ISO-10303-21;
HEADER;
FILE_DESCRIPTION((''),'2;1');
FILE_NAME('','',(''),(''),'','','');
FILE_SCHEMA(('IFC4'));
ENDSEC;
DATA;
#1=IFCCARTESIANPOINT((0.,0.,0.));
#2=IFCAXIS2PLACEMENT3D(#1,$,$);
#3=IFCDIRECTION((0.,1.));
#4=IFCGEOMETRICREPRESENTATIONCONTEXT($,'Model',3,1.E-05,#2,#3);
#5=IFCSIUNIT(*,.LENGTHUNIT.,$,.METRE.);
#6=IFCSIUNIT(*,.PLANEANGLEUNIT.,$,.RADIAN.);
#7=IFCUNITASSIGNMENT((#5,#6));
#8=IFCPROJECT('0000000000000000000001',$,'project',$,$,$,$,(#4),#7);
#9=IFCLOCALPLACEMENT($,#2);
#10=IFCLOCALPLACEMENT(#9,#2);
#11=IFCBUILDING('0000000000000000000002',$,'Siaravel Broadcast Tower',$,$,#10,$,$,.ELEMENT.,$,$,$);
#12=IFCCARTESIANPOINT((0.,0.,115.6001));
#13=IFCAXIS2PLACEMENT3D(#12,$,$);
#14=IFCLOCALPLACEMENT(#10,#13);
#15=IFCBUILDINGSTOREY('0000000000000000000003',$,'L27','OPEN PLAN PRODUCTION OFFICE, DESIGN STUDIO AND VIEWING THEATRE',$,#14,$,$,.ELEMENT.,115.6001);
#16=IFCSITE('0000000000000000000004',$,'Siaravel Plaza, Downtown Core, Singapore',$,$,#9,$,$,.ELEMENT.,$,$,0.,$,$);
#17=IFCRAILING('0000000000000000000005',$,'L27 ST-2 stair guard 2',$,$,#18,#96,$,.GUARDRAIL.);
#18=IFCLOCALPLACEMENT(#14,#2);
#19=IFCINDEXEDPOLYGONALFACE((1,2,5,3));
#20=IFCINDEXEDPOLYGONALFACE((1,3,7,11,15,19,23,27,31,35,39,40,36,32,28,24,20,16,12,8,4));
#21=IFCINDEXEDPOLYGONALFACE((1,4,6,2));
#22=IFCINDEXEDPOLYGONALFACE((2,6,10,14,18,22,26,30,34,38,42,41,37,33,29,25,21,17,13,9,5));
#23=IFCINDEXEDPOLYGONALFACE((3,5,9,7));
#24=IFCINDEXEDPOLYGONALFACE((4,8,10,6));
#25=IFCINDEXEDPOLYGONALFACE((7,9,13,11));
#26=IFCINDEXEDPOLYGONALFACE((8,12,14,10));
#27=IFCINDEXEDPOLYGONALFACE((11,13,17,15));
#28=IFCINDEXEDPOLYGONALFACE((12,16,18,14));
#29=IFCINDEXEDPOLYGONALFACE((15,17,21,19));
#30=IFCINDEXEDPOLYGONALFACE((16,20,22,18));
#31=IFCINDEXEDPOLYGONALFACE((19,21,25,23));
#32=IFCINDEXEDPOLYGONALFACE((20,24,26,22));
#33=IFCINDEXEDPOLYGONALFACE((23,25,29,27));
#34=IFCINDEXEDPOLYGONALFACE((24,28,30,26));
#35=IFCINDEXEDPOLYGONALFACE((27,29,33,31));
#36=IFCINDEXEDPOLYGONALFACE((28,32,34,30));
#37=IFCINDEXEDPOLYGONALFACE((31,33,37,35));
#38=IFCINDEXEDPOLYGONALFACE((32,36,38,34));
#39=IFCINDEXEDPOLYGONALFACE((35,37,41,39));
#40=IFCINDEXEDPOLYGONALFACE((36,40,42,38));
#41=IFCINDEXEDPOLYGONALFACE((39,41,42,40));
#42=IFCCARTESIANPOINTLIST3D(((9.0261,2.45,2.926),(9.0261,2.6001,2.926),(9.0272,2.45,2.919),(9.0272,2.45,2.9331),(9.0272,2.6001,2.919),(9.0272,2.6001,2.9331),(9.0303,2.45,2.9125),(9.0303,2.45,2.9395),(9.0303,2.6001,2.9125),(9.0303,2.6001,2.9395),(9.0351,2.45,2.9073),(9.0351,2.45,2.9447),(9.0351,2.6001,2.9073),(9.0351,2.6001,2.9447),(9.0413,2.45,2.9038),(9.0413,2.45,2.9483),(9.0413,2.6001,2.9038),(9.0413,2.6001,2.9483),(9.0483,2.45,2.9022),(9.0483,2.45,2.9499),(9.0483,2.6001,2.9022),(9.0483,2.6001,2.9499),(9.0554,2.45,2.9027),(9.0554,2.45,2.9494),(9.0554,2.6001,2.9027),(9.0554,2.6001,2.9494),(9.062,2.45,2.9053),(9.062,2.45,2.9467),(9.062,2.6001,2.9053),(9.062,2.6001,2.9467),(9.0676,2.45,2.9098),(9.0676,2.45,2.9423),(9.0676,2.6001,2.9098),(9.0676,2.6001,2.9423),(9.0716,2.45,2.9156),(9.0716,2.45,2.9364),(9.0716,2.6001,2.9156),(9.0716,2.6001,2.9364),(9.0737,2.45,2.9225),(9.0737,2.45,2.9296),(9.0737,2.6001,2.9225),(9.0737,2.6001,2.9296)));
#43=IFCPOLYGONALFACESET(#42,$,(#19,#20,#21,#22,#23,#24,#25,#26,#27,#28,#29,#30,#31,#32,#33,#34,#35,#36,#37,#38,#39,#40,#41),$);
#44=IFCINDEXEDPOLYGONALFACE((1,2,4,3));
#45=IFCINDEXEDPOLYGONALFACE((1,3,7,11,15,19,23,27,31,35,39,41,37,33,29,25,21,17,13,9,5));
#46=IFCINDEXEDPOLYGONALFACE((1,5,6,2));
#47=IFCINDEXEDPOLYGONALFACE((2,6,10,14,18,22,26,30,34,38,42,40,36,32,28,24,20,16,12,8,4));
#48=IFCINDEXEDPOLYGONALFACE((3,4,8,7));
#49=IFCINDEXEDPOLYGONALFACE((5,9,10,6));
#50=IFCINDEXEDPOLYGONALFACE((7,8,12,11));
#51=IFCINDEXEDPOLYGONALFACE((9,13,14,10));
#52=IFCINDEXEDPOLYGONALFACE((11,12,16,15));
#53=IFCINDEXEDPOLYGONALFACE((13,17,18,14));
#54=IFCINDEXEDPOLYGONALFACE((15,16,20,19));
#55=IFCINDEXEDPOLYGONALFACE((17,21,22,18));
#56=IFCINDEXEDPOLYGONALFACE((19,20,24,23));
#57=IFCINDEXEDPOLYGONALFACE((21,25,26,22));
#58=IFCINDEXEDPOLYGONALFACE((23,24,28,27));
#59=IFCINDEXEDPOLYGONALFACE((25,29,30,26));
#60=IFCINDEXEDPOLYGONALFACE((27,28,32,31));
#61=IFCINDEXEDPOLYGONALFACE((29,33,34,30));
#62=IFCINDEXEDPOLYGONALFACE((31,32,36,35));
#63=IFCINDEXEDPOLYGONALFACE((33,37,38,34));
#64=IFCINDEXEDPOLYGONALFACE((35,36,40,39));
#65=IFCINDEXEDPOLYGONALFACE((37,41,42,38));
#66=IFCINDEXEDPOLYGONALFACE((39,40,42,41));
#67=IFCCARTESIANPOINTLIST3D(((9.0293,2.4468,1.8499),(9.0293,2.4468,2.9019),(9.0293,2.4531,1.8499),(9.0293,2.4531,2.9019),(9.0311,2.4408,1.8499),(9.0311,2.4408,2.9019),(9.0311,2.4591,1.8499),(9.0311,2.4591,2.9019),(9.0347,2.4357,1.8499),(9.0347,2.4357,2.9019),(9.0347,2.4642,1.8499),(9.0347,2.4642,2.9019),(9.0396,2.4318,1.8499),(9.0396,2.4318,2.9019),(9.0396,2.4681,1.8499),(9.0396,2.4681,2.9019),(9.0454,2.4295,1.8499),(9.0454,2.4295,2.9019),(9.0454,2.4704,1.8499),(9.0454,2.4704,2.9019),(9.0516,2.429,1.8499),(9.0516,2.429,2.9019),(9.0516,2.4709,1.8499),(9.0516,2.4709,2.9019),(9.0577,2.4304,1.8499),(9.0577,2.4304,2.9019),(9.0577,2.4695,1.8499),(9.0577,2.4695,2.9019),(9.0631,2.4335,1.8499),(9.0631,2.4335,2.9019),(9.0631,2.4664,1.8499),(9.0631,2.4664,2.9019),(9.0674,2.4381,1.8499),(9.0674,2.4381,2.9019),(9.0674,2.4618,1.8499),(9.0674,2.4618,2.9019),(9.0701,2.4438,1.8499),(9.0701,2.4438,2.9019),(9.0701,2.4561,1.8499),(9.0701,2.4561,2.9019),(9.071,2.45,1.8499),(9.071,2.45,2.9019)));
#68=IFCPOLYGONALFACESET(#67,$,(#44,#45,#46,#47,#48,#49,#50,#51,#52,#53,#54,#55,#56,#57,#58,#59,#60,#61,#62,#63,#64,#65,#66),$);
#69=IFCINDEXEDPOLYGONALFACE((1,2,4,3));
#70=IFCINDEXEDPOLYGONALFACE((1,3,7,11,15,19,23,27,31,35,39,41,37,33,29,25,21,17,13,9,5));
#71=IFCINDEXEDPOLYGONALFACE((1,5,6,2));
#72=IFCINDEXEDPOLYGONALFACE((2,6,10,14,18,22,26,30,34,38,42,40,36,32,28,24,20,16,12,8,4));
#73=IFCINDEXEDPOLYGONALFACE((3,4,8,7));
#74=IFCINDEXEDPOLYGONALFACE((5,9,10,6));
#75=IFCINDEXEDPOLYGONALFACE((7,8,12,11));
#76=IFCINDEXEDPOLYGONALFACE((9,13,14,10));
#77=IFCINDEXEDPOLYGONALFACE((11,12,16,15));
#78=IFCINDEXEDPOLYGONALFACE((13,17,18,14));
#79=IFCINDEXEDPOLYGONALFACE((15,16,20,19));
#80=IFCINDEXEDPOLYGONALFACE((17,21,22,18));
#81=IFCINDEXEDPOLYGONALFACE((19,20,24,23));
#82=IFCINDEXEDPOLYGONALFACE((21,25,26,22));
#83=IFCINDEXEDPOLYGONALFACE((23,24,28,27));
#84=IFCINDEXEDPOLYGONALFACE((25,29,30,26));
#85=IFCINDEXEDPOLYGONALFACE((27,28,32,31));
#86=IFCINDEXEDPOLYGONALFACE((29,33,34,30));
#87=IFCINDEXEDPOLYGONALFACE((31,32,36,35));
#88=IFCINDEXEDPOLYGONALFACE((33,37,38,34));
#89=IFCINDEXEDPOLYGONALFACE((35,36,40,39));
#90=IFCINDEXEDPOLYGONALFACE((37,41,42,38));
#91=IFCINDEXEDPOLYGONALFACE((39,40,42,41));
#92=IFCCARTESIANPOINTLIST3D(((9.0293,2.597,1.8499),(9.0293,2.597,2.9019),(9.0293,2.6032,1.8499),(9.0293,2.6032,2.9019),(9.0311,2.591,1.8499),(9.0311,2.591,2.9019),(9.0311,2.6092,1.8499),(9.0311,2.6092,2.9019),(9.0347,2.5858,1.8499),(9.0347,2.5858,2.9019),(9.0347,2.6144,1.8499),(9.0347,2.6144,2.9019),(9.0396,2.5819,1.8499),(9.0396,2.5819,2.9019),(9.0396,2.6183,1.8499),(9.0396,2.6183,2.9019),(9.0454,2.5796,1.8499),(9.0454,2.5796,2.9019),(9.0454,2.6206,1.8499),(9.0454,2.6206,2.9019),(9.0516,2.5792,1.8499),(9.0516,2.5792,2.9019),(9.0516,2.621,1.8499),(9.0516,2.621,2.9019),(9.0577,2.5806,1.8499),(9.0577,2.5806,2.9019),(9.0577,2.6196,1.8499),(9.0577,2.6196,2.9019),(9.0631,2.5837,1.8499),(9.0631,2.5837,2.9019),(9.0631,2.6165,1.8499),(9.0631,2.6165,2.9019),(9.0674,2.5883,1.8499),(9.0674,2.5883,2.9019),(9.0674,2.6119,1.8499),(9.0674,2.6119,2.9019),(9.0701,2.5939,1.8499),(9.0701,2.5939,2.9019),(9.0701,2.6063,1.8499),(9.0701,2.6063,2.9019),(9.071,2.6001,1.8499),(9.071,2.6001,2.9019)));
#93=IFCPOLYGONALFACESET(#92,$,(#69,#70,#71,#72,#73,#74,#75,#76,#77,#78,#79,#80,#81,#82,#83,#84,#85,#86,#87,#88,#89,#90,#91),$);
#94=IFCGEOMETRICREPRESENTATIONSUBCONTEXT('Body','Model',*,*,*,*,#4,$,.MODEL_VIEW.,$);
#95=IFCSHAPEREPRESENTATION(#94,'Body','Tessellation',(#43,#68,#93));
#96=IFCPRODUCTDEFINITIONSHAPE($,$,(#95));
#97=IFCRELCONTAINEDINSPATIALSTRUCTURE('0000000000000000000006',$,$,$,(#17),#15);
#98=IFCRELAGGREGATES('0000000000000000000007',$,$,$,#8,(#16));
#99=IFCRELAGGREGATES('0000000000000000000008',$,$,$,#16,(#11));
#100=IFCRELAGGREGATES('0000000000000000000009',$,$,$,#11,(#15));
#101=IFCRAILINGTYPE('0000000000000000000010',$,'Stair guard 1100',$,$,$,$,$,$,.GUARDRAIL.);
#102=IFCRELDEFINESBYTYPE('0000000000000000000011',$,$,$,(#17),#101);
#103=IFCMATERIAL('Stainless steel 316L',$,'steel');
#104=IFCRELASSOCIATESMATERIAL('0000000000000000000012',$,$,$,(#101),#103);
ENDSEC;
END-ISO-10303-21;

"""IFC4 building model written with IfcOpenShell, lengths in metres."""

from ifc_helpers import new_model, si_unit, direction, frame, origin, origin_2d, place, context, subcontext, project, spatial, circle, extrude, material, type_object, element, save


model = new_model("IFC4")

# Units and contexts
model_context = context("Model", 3, precision=1e-05, world=origin(), true_north=direction((0.0, 1.0)))
body_context = subcontext(model_context, "Body", "Model", "MODEL_VIEW")
ifc_project = project(units=[si_unit("LENGTHUNIT", "METRE"), si_unit("PLANEANGLEUNIT", "RADIAN")], contexts=[model_context])

# Site, building, storey
site_placement = place(None, origin())
site = spatial("IfcSite", under=ifc_project, at=site_placement, Name="Siaravel Plaza, Downtown Core, Singapore", CompositionType="ELEMENT", RefElevation=0.0)
building_placement = place(site_placement, origin())
building = spatial("IfcBuilding", under=site, at=building_placement, Name="Siaravel Broadcast Tower", CompositionType="ELEMENT")
storey_placement = place(building_placement, frame((0.0, 0.0, 115.6001)))
storey = spatial("IfcBuildingStorey", under=building, at=storey_placement, Name="L27", Description="OPEN PLAN PRODUCTION OFFICE, DESIGN STUDIO AND VIEWING THEATRE", CompositionType="ELEMENT", Elevation=115.6001)

# Railing
ifc_material_1 = material(Name="Stainless steel 316L", Category="steel")
railing_type_1 = type_object("IfcRailingType", Name="Stair guard 1100", PredefinedType="GUARDRAIL", material=ifc_material_1)
railing_1_placement = place(storey_placement, frame((9.05, 2.45, 1.8499)))
element("IfcRailing", 1, at=railing_1_placement, inside=storey, type_object=railing_type_1, Name="L27 ST-2 stair guard 2", PredefinedType="GUARDRAIL", context=body_context, shape_type="SweptSolid", body=[
    extrude(circle(Radius=0.0239, at=origin_2d()), frame((0.0, 0.0, 1.0762), z_axis=(0.0, 1.0, 0.0), x_axis=(-1.0, 0.0, 0.0)), (0.0, 0.0, 1.0), 0.1501),
    extrude(circle(Radius=0.021, at=origin_2d()), origin(), (0.0, 0.0, 1.0), 1.052),
    extrude(circle(Radius=0.021, at=origin_2d()), frame((0.0, 0.1501, 0.0)), (0.0, 0.0, 1.0), 1.052),
])

save(model, "model.ifc")
